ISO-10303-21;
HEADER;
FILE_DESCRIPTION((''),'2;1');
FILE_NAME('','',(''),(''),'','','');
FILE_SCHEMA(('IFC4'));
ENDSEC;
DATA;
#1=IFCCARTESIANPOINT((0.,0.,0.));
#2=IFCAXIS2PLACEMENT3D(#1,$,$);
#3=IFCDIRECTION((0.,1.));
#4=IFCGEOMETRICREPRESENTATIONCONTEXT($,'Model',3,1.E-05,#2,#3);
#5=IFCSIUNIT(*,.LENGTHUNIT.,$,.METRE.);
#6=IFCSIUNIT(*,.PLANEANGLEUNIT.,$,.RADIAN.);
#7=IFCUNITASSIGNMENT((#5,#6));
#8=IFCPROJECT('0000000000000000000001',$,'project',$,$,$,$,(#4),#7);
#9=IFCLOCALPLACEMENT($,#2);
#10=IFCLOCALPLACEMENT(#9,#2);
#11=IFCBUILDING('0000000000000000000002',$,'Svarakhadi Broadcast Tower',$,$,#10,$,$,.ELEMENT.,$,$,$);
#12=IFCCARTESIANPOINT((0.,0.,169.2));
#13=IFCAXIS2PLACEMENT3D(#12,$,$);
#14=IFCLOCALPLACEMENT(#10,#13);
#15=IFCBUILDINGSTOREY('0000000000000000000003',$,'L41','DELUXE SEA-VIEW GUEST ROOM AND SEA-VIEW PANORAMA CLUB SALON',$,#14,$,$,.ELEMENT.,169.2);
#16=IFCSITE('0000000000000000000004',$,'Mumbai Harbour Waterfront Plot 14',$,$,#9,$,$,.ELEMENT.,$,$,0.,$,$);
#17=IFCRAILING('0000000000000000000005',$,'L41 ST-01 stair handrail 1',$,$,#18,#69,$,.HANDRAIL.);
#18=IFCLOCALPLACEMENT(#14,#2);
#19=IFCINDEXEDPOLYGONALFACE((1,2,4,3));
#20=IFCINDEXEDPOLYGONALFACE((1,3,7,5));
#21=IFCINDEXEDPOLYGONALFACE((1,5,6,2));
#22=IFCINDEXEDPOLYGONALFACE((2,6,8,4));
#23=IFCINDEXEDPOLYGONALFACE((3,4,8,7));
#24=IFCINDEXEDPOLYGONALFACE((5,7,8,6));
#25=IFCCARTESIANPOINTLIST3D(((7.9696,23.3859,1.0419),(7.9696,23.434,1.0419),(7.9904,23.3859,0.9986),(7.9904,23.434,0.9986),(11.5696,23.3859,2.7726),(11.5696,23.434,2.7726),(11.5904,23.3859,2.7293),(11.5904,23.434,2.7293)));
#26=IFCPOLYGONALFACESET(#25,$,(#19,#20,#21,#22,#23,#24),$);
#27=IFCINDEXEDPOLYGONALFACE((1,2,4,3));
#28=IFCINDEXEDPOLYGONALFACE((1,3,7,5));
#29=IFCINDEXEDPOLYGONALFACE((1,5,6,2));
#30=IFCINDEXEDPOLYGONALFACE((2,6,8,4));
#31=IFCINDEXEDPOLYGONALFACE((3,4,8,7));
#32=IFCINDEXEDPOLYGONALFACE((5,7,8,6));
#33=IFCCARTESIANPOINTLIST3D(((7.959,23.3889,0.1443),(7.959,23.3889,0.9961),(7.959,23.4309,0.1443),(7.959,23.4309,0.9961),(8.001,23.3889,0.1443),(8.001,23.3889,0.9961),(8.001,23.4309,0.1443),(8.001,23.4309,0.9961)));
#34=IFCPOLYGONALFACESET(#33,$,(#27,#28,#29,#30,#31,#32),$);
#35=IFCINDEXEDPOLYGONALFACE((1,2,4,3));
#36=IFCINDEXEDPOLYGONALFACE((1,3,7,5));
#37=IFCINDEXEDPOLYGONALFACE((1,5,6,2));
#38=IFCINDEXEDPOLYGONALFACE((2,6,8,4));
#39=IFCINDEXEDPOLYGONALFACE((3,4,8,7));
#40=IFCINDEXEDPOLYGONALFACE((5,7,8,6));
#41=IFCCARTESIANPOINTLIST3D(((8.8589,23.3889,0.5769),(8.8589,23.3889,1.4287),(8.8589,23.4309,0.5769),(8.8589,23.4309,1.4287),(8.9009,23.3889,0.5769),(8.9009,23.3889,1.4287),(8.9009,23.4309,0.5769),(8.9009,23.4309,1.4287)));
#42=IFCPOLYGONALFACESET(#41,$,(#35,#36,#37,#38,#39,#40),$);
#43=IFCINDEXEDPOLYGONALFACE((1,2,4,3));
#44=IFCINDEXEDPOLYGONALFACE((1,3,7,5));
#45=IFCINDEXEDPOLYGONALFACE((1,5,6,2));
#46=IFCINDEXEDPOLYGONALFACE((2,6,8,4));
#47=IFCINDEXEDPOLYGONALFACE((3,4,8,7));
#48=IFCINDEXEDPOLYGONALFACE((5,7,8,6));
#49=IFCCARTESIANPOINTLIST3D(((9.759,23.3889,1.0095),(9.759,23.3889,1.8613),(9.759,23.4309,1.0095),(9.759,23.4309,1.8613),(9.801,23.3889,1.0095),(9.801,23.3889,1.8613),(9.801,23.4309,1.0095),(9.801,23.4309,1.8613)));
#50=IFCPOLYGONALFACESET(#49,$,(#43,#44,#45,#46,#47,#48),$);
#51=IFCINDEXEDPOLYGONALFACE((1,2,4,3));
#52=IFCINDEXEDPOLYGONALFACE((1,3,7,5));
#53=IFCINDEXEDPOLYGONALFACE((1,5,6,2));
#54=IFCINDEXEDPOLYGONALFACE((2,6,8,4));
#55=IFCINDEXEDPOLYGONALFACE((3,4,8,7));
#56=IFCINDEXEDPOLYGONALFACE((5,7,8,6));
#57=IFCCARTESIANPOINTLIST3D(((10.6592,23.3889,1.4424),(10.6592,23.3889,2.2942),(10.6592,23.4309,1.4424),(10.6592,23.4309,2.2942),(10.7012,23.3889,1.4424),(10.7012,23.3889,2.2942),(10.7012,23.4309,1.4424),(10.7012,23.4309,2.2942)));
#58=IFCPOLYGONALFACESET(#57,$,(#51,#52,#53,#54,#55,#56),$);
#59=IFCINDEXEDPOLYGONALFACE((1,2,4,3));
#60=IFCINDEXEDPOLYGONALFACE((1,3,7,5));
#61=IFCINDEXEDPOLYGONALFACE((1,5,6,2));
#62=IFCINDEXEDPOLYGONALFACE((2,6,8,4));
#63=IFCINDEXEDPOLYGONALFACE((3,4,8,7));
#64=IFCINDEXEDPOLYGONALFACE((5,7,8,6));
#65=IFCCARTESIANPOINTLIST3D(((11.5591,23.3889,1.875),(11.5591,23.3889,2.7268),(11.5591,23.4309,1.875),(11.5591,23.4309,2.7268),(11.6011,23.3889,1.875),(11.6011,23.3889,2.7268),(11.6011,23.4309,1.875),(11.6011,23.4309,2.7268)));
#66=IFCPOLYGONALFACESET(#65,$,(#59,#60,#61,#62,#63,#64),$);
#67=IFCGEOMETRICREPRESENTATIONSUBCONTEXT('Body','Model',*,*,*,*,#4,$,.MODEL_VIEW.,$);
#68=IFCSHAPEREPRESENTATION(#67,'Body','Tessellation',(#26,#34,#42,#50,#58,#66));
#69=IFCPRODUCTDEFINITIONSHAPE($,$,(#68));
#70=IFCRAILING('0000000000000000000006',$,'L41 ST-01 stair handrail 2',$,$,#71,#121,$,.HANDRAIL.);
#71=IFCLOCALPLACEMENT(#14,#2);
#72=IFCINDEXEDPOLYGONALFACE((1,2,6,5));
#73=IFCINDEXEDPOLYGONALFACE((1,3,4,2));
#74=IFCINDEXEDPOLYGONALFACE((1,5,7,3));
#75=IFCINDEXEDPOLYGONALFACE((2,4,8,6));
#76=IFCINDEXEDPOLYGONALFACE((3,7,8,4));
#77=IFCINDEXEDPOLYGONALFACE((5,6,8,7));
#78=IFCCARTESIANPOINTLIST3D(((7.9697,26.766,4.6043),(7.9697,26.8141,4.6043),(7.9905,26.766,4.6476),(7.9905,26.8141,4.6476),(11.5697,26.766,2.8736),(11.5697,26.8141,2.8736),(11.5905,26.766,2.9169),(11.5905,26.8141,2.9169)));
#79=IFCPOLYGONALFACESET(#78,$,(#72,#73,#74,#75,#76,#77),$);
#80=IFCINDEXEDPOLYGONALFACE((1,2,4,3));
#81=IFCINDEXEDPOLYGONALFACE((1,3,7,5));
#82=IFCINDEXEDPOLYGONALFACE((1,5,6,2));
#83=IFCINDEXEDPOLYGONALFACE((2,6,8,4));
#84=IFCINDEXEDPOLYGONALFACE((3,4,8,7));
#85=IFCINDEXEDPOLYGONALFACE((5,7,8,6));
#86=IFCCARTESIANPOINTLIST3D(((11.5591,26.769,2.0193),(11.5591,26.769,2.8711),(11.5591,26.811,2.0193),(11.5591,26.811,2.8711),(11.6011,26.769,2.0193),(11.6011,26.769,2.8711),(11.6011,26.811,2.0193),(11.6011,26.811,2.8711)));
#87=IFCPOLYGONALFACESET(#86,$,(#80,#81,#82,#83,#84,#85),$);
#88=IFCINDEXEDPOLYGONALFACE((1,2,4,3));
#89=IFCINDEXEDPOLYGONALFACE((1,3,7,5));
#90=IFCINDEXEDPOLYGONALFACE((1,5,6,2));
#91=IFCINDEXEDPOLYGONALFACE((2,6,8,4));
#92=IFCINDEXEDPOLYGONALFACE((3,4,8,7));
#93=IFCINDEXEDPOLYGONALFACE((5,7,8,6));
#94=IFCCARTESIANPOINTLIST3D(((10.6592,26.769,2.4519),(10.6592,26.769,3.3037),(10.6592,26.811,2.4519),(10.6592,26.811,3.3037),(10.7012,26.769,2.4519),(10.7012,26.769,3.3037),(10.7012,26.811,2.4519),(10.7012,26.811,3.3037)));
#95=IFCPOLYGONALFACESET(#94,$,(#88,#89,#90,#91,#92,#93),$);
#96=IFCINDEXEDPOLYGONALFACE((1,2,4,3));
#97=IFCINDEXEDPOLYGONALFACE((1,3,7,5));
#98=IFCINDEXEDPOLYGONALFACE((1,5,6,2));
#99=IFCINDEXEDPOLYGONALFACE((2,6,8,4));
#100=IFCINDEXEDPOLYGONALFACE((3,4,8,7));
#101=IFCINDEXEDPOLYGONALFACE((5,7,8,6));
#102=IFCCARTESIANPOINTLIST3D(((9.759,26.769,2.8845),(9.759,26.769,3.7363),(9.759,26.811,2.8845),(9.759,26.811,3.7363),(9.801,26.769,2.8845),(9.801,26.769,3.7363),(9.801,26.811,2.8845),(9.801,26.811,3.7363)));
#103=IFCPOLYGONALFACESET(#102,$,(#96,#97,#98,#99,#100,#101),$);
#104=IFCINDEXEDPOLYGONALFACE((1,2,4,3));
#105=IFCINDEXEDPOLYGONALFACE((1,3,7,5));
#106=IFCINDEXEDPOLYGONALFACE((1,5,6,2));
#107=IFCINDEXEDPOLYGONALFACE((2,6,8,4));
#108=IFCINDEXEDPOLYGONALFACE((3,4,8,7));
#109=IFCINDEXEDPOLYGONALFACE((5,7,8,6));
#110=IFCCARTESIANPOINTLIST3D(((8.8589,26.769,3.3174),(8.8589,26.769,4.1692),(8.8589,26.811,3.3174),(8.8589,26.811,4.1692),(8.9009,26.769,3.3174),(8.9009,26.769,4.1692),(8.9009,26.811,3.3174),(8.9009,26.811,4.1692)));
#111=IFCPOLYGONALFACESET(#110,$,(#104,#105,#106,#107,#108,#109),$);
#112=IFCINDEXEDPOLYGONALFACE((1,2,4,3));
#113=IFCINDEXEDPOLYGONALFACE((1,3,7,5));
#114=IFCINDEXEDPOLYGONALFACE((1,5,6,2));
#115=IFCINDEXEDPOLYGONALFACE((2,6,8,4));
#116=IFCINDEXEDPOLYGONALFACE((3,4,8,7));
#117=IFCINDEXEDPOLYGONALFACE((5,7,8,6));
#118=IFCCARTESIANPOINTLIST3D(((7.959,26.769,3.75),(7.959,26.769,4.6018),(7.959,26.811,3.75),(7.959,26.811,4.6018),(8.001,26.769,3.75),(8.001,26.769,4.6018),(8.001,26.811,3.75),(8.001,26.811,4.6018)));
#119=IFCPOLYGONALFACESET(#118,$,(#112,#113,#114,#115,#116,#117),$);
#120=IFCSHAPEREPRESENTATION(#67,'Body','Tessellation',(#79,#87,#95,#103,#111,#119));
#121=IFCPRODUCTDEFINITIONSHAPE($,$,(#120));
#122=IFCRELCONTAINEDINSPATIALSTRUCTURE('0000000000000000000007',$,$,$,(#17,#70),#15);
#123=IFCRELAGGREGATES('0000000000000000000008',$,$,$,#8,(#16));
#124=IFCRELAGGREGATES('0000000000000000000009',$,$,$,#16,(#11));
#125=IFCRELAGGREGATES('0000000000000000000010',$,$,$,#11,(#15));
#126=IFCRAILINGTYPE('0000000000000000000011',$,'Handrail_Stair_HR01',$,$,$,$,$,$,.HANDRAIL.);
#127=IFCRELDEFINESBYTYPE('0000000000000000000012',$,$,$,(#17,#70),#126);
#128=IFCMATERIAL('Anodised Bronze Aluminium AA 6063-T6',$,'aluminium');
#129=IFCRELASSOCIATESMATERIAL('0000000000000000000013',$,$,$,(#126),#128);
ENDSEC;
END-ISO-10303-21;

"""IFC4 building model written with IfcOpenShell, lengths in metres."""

from ifc_helpers import new_model, si_unit, direction, frame, origin, origin_2d, place, context, subcontext, project, spatial, rectangle, extrude, material, type_object, element, save


model = new_model("IFC4")

# Units and contexts
model_context = context("Model", 3, precision=1e-05, world=origin(), true_north=direction((0.0, 1.0)))
body_context = subcontext(model_context, "Body", "Model", "MODEL_VIEW")
ifc_project = project(units=[si_unit("LENGTHUNIT", "METRE"), si_unit("PLANEANGLEUNIT", "RADIAN")], contexts=[model_context])

# Site, building, storey
site_placement = place(None, origin())
site = spatial("IfcSite", under=ifc_project, at=site_placement, Name="Mumbai Harbour Waterfront Plot 14", CompositionType="ELEMENT", RefElevation=0.0)
building_placement = place(site_placement, origin())
building = spatial("IfcBuilding", under=site, at=building_placement, Name="Svarakhadi Broadcast Tower", CompositionType="ELEMENT")
storey_placement = place(building_placement, frame((0.0, 0.0, 169.2)))
storey = spatial("IfcBuildingStorey", under=building, at=storey_placement, Name="L41", Description="DELUXE SEA-VIEW GUEST ROOM AND SEA-VIEW PANORAMA CLUB SALON", CompositionType="ELEMENT", Elevation=169.2)

# Railings
ifc_material_1 = material(Name="Anodised Bronze Aluminium AA 6063-T6", Category="aluminium")
railing_type_1 = type_object("IfcRailingType", Name="Handrail_Stair_HR01", PredefinedType="HANDRAIL", material=ifc_material_1)
railing_1_placement = place(storey_placement, frame((7.98, 23.4099, 0.1443)))
element("IfcRailing", 1, at=railing_1_placement, inside=storey, type_object=railing_type_1, Name="L41 ST-01 stair handrail 1", PredefinedType="HANDRAIL", context=body_context, shape_type="SweptSolid", body=[
    extrude(rectangle(XDim=0.0481, YDim=0.0481, at=origin_2d()), frame((0.0, 0.0, 0.876), z_axis=(0.901263, 0.0, 0.433273), x_axis=(0.0, 1.0, 0.0)), (0.0, 0.0, 1.0), 3.9944),
    extrude(rectangle(XDim=0.042, YDim=0.042, at=origin_2d()), origin(), (0.0, 0.0, 1.0), 0.8518),
    extrude(rectangle(XDim=0.042, YDim=0.042, at=origin_2d()), frame((0.8999, 0.0, 0.4326)), (0.0, 0.0, 1.0), 0.8518),
    extrude(rectangle(XDim=0.042, YDim=0.042, at=origin_2d()), frame((1.8, 0.0, 0.8652)), (0.0, 0.0, 1.0), 0.8518),
    extrude(rectangle(XDim=0.042, YDim=0.042, at=origin_2d()), frame((2.7002, 0.0, 1.2981)), (0.0, 0.0, 1.0), 0.8518),
    extrude(rectangle(XDim=0.042, YDim=0.042, at=origin_2d()), frame((3.6001, 0.0, 1.7307)), (0.0, 0.0, 1.0), 0.8518),
])
railing_2_placement = place(storey_placement, frame((11.5801, 26.79, 2.0193)))
element("IfcRailing", 2, at=railing_2_placement, inside=storey, type_object=railing_type_1, Name="L41 ST-01 stair handrail 2", PredefinedType="HANDRAIL", context=body_context, shape_type="SweptSolid", body=[
    extrude(rectangle(XDim=0.0481, YDim=0.0481, at=origin_2d()), frame((0.0, 0.0, 0.876), z_axis=(-0.901263, 0.0, 0.433273), x_axis=(0.0, -1.0, 0.0)), (0.0, 0.0, 1.0), 3.9944),
    extrude(rectangle(XDim=0.042, YDim=0.042, at=origin_2d()), origin(), (0.0, 0.0, 1.0), 0.8518),
    extrude(rectangle(XDim=0.042, YDim=0.042, at=origin_2d()), frame((-0.8999, 0.0, 0.4326)), (0.0, 0.0, 1.0), 0.8518),
    extrude(rectangle(XDim=0.042, YDim=0.042, at=origin_2d()), frame((-1.8, 0.0, 0.8652)), (0.0, 0.0, 1.0), 0.8518),
    extrude(rectangle(XDim=0.042, YDim=0.042, at=origin_2d()), frame((-2.7002, 0.0, 1.2981)), (0.0, 0.0, 1.0), 0.8518),
    extrude(rectangle(XDim=0.042, YDim=0.042, at=origin_2d()), frame((-3.6001, 0.0, 1.7307)), (0.0, 0.0, 1.0), 0.8518),
])

save(model, "model.ifc")
